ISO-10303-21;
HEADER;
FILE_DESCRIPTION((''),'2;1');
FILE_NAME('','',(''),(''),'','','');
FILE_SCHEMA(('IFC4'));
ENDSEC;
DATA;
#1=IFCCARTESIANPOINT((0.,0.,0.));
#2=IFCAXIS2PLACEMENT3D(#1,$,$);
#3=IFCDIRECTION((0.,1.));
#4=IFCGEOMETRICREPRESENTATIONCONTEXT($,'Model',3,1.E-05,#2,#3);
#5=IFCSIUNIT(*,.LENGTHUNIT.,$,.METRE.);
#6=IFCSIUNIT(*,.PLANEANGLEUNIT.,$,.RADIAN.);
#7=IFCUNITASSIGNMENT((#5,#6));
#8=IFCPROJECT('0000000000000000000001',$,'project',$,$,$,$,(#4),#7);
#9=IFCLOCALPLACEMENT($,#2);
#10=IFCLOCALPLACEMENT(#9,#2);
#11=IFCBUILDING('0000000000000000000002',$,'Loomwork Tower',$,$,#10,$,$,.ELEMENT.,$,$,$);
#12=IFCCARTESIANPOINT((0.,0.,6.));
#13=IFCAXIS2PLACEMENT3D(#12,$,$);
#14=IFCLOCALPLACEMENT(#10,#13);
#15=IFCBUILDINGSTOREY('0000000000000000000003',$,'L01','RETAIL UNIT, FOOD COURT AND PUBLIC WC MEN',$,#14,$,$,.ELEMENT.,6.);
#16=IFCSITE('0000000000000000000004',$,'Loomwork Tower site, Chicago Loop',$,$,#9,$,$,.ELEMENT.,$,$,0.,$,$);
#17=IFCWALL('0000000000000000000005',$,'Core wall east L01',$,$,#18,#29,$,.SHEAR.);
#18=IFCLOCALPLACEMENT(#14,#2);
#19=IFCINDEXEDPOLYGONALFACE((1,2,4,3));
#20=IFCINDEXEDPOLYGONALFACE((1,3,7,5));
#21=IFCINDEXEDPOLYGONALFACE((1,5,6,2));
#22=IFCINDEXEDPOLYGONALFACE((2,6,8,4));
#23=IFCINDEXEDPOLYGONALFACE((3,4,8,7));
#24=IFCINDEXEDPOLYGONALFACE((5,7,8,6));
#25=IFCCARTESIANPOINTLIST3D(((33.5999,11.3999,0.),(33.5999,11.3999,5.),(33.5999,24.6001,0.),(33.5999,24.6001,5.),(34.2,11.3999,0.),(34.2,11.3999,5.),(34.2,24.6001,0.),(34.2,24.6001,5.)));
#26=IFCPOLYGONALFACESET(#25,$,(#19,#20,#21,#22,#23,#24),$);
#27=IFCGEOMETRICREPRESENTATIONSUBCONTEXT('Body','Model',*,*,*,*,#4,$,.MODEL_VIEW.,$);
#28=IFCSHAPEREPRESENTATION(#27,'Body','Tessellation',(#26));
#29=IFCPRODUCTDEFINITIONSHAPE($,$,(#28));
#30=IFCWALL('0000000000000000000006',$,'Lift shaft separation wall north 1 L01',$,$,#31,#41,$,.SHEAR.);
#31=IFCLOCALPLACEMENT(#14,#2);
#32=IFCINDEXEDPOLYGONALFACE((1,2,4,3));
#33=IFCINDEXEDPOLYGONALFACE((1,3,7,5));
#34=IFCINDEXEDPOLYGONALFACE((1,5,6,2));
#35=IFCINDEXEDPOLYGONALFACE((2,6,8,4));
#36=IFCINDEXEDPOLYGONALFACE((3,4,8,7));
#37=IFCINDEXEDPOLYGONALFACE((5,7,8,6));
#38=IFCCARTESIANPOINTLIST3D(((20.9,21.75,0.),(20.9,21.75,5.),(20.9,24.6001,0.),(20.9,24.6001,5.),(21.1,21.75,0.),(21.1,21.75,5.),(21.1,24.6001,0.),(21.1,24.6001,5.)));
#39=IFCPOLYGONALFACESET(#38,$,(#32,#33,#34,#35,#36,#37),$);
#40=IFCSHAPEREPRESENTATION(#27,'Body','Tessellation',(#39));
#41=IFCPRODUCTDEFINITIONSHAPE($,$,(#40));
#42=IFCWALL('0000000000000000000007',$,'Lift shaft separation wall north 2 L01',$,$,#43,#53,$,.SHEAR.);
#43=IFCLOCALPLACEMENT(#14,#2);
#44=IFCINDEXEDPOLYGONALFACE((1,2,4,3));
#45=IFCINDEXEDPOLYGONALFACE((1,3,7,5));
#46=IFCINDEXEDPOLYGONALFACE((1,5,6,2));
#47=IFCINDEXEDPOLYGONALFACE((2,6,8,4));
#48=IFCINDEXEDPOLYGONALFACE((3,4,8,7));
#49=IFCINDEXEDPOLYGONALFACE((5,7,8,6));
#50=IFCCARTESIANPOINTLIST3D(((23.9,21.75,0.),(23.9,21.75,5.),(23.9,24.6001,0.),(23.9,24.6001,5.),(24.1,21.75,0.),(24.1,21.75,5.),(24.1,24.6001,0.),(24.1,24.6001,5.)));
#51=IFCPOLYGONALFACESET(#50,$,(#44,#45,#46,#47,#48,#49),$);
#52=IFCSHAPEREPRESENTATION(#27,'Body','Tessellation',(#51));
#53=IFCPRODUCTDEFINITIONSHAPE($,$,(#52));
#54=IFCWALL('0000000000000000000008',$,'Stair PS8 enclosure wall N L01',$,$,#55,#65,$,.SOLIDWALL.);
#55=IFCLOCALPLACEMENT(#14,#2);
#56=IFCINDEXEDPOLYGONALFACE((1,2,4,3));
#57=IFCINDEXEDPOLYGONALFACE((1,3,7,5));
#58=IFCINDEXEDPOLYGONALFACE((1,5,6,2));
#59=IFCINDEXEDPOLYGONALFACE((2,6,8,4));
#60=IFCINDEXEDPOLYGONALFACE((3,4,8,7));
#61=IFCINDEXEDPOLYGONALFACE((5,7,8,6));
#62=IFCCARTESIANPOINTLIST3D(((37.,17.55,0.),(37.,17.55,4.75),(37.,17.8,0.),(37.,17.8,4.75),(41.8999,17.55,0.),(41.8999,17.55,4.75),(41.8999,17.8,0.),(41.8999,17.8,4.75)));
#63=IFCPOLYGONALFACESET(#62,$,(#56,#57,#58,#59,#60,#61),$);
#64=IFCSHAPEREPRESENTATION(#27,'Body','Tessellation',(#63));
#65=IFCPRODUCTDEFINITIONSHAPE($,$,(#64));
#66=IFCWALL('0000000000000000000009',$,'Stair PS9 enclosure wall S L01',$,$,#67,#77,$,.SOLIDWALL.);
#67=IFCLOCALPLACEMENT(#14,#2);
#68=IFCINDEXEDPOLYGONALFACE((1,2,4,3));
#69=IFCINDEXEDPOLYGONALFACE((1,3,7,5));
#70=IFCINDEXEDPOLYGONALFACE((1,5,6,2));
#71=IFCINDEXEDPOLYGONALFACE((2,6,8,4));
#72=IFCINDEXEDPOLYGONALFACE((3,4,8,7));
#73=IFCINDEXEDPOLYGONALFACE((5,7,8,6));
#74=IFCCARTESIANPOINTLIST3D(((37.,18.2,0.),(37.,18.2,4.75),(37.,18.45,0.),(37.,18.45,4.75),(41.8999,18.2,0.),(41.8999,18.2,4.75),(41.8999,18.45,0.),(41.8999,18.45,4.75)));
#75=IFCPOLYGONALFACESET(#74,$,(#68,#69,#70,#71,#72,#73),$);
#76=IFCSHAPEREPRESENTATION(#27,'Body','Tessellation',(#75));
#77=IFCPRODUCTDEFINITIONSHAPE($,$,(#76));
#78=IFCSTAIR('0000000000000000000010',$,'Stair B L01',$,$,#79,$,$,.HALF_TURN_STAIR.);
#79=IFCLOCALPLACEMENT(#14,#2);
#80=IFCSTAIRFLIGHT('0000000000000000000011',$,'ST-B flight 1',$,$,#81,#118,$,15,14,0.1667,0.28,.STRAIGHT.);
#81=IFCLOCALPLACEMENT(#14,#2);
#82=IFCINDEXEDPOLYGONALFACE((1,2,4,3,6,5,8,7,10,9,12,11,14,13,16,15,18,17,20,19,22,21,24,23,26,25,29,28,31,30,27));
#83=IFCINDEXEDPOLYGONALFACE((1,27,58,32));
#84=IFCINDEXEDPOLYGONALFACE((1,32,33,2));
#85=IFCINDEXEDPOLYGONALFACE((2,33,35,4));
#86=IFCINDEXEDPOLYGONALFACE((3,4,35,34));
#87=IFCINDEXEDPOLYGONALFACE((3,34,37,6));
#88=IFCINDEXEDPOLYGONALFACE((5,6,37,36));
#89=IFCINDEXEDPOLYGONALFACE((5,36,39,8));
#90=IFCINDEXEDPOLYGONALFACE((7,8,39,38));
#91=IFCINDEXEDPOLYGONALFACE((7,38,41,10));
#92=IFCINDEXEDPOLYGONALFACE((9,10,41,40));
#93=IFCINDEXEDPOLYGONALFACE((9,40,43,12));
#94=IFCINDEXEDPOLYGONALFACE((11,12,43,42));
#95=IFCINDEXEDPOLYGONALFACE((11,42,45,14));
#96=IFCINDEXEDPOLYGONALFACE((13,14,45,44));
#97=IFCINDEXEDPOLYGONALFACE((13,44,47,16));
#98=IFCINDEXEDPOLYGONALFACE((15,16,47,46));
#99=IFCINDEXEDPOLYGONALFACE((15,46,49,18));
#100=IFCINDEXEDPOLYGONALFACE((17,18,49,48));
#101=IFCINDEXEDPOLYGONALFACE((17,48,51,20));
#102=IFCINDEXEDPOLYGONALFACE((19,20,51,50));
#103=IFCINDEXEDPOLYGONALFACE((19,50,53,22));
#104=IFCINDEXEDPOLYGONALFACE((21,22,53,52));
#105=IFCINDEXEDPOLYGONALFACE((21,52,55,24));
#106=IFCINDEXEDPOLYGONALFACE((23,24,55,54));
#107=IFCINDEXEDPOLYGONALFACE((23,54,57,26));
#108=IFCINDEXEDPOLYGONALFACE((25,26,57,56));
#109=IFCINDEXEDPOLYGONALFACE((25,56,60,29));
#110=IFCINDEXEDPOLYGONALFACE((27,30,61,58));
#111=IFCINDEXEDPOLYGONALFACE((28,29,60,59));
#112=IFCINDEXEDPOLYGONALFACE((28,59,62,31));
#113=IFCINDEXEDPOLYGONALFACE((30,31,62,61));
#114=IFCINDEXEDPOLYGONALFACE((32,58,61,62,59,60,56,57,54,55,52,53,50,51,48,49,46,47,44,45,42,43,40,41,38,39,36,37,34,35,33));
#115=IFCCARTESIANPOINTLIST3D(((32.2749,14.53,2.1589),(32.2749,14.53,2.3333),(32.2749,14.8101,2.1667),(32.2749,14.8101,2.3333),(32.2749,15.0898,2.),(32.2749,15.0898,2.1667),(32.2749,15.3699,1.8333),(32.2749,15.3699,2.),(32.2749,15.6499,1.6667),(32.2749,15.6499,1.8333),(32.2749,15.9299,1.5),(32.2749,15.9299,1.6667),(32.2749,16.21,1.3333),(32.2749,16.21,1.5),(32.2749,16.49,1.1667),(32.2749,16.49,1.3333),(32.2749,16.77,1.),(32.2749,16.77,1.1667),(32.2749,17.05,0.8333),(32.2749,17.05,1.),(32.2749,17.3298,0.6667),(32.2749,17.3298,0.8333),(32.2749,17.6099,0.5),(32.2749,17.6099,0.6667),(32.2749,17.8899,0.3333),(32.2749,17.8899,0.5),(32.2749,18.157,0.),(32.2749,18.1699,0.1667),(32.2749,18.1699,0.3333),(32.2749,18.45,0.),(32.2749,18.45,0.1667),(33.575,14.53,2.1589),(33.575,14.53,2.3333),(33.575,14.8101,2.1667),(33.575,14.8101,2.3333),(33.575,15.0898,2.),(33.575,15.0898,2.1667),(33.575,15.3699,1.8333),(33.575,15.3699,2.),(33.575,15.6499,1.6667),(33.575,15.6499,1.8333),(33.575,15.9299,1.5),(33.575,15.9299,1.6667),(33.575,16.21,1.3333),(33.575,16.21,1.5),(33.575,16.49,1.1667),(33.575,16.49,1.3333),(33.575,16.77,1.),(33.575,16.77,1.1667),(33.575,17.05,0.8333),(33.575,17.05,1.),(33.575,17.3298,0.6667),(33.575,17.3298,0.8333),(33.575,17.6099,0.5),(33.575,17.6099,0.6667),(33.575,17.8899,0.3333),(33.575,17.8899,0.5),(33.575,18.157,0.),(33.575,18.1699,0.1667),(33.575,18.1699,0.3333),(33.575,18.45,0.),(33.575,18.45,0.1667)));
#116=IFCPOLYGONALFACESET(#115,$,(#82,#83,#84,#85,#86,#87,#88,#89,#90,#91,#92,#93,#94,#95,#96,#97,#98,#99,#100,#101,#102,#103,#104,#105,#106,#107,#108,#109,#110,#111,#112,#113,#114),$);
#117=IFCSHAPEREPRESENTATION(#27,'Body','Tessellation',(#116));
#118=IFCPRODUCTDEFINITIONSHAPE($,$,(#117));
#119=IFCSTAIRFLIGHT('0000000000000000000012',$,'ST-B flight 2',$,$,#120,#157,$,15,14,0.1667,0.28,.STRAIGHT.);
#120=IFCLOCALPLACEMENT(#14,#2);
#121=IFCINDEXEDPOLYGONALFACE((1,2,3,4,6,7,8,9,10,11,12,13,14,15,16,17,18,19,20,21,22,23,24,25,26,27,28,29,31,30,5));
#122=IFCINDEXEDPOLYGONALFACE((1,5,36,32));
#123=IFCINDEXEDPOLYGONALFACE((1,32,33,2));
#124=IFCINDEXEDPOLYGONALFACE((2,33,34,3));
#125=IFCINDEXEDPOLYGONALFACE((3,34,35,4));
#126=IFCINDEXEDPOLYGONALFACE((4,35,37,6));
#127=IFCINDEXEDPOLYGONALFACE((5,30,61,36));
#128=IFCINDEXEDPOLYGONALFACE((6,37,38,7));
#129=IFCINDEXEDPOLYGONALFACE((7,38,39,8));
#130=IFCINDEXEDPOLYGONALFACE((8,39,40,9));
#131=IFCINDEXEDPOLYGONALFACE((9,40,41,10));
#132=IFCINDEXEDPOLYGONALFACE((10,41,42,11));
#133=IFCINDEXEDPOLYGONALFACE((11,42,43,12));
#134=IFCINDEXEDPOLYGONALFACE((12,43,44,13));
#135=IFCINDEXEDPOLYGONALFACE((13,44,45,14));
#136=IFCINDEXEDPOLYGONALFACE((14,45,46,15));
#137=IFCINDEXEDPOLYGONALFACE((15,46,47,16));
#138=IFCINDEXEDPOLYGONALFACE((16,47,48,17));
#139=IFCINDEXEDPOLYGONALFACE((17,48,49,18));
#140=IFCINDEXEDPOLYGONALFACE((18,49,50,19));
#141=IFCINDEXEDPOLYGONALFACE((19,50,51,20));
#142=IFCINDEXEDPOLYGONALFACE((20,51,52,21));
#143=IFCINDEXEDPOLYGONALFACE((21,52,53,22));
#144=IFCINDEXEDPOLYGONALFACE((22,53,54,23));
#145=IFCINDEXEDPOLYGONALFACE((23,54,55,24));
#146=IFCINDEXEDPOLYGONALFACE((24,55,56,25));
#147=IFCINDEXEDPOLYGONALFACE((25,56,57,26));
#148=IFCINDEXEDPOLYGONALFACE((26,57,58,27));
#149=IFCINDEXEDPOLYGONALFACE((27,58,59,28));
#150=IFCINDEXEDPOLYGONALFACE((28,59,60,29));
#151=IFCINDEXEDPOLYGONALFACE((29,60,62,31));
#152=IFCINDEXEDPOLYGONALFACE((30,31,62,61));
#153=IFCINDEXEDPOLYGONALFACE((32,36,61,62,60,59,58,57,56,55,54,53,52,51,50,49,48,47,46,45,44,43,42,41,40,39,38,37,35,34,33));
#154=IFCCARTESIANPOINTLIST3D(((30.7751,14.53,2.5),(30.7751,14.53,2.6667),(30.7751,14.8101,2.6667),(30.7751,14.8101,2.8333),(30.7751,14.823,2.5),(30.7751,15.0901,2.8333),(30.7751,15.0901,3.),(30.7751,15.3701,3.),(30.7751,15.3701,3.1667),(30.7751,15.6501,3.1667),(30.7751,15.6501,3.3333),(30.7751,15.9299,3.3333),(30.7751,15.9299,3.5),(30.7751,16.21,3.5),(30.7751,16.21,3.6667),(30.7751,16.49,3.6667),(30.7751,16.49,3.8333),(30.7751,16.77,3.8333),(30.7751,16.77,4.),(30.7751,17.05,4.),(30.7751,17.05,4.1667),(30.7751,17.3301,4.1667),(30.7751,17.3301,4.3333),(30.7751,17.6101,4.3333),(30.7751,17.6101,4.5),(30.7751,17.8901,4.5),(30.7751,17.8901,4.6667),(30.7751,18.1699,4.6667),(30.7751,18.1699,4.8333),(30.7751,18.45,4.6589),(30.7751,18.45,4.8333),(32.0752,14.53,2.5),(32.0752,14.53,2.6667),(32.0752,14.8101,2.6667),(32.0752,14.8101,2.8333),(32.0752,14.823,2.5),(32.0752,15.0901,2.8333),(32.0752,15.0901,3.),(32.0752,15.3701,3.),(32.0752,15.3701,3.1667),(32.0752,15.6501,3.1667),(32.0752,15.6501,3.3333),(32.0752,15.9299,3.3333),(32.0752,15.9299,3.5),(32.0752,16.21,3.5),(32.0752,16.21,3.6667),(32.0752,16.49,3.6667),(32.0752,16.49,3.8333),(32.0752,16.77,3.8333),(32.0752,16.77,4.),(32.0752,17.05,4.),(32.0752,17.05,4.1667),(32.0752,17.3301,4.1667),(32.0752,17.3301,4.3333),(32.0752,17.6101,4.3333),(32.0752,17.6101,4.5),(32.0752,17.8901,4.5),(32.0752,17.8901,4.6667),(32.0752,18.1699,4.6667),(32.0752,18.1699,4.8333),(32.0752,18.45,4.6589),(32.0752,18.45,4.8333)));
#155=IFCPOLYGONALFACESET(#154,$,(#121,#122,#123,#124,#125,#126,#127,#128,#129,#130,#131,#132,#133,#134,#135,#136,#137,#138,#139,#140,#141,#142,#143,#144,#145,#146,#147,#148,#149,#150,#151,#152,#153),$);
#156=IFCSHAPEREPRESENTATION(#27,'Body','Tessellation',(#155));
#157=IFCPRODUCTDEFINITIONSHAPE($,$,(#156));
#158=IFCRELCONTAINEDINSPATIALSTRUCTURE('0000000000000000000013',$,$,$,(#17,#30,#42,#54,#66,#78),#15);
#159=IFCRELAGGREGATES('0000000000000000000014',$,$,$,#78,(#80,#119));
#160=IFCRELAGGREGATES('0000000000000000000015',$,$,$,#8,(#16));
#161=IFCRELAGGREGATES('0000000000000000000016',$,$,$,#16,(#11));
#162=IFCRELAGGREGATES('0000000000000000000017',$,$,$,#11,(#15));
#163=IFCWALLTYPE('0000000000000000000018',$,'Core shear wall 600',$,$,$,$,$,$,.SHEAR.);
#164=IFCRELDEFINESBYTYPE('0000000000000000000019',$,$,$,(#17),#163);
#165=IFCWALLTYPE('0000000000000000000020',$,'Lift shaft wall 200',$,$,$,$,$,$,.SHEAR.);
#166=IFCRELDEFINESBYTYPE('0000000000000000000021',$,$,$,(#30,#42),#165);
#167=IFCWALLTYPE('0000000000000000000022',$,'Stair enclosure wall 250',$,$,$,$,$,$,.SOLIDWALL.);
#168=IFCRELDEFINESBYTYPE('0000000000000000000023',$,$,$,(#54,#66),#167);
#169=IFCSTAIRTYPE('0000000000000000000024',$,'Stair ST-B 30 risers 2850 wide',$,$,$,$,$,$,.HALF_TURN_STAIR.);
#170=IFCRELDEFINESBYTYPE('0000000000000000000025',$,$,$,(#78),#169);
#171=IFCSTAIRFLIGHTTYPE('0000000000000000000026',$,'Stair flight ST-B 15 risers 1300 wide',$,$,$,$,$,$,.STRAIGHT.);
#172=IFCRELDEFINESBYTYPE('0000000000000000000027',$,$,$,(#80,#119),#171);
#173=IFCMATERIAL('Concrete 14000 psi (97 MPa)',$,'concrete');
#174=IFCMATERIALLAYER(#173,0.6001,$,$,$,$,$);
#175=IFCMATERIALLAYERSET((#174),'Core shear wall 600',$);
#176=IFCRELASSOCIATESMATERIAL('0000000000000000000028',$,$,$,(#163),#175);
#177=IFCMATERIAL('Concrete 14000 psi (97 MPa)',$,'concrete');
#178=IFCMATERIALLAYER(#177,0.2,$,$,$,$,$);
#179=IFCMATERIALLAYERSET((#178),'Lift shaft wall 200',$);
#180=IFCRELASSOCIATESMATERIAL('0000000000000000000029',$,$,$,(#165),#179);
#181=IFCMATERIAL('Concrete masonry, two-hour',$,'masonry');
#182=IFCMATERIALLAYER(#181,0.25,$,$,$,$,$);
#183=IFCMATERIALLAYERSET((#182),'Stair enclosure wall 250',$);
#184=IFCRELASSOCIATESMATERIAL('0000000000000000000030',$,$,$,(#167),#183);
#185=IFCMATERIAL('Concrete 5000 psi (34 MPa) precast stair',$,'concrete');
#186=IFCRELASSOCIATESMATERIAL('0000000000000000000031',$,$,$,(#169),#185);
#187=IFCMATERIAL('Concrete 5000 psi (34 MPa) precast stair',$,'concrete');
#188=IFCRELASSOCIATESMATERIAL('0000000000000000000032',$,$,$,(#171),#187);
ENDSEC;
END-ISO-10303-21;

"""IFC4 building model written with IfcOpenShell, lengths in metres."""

from ifc_helpers import new_model, si_unit, direction, frame, frame_2d, origin, place, context, subcontext, project, spatial, polyline, rectangle, outline, extrude, material, layer, layer_set, type_object, element, aggregate, save


model = new_model("IFC4")

# Units and contexts
model_context = context("Model", 3, precision=1e-05, world=origin(), true_north=direction((0.0, 1.0)))
body_context = subcontext(model_context, "Body", "Model", "MODEL_VIEW")
ifc_project = project(units=[si_unit("LENGTHUNIT", "METRE"), si_unit("PLANEANGLEUNIT", "RADIAN")], contexts=[model_context])

# Site, building, storey
site_placement = place(None, origin())
site = spatial("IfcSite", under=ifc_project, at=site_placement, Name="Loomwork Tower site, Chicago Loop", CompositionType="ELEMENT", RefElevation=0.0)
building_placement = place(site_placement, origin())
building = spatial("IfcBuilding", under=site, at=building_placement, Name="Loomwork Tower", CompositionType="ELEMENT")
storey_placement = place(building_placement, frame((0.0, 0.0, 6.0)))
storey = spatial("IfcBuildingStorey", under=building, at=storey_placement, Name="L01", Description="RETAIL UNIT, FOOD COURT AND PUBLIC WC MEN", CompositionType="ELEMENT", Elevation=6.0)

# Walls
ifc_material_1 = material(Name="Concrete 14000 psi (97 MPa)", Category="concrete")
ifc_layer_1 = layer(ifc_material_1, 0.6001)
ifc_layer_set_1 = layer_set([ifc_layer_1], Name="Core shear wall 600")
wall_type_1 = type_object("IfcWallType", Name="Core shear wall 600", PredefinedType="SHEAR", material=ifc_layer_set_1)
wall_1_placement = place(storey_placement, frame((33.8999, 11.3999, 0.0), z_axis=(0.0, 0.0, 1.0), x_axis=(0.0, 1.0, 0.0)))
element("IfcWall", 1, at=wall_1_placement, inside=storey, type_object=wall_type_1, Name="Core wall east L01", PredefinedType="SHEAR", context=body_context, shape_type="SweptSolid", body=[
    extrude(rectangle(XDim=13.2002, YDim=0.6001, at=frame_2d((6.6001, 0.0))), origin(), (0.0, 0.0, 1.0), 5.0),
])
ifc_material_2 = material(Name="Concrete 14000 psi (97 MPa)", Category="concrete")
ifc_layer_2 = layer(ifc_material_2, 0.2)
ifc_layer_set_2 = layer_set([ifc_layer_2], Name="Lift shaft wall 200")
wall_type_2 = type_object("IfcWallType", Name="Lift shaft wall 200", PredefinedType="SHEAR", material=ifc_layer_set_2)
for number, where, z_axis, x_axis, name in (
    (2, (21.0, 21.75, 0.0), (0.0, 0.0, 1.0), (0.0, 1.0, 0.0), "Lift shaft separation wall north 1 L01"),
    (3, (24.0, 21.75, 0.0), (0.0, 0.0, 1.0), (0.0, 1.0, 0.0), "Lift shaft separation wall north 2 L01"),
):
    element("IfcWall", number, at=place(storey_placement, frame(where, z_axis=z_axis, x_axis=x_axis)), inside=storey, type_object=wall_type_2, Name=name, PredefinedType="SHEAR", context=body_context, shape_type="SweptSolid", body=[
        extrude(rectangle(XDim=2.8501, YDim=0.2, at=frame_2d((1.425, 0.0))), origin(), (0.0, 0.0, 1.0), 5.0),
    ])
ifc_material_3 = material(Name="Concrete masonry, two-hour", Category="masonry")
ifc_layer_3 = layer(ifc_material_3, 0.25)
ifc_layer_set_3 = layer_set([ifc_layer_3], Name="Stair enclosure wall 250")
wall_type_3 = type_object("IfcWallType", Name="Stair enclosure wall 250", PredefinedType="SOLIDWALL", material=ifc_layer_set_3)
for number, where, z_axis, x_axis, name in (
    (4, (37.0, 17.675, 0.0), (0.0, 0.0, 1.0), (1.0, 0.0, 0.0), "Stair PS8 enclosure wall N L01"),
    (5, (37.0, 18.325, 0.0), (0.0, 0.0, 1.0), (1.0, 0.0, 0.0), "Stair PS9 enclosure wall S L01"),
):
    element("IfcWall", number, at=place(storey_placement, frame(where, z_axis=z_axis, x_axis=x_axis)), inside=storey, type_object=wall_type_3, Name=name, PredefinedType="SOLIDWALL", context=body_context, shape_type="SweptSolid", body=[
        extrude(rectangle(XDim=4.8999, YDim=0.25, at=frame_2d((2.45, 0.0))), origin(), (0.0, 0.0, 1.0), 4.75),
    ])

# Stair, stair flights
ifc_material_4 = material(Name="Concrete 5000 psi (34 MPa) precast stair", Category="concrete")
stair_type = type_object("IfcStairType", Name="Stair ST-B 30 risers 2850 wide", PredefinedType="HALF_TURN_STAIR", material=ifc_material_4)
stair_placement = place(storey_placement, origin())
stair = element("IfcStair", 6, at=stair_placement, inside=storey, type_object=stair_type, Name="Stair B L01", PredefinedType="HALF_TURN_STAIR")
ifc_material_5 = material(Name="Concrete 5000 psi (34 MPa) precast stair", Category="concrete")
stair_flight_type = type_object("IfcStairFlightType", Name="Stair flight ST-B 15 risers 1300 wide", PredefinedType="STRAIGHT", material=ifc_material_5)
stair_flight_1_placement = place(storey_placement, frame((32.925, 18.45, 0.0), z_axis=(0.0, 0.0, 1.0), x_axis=(0.0, -1.0, 0.0)))
stair_flight_1 = element("IfcStairFlight", 7, at=stair_flight_1_placement, type_object=stair_flight_type, Name="ST-B flight 1", NumberOfRisers=15, NumberOfTreads=14, PredefinedType="STRAIGHT", RiserHeight=0.1667, TreadLength=0.28, context=body_context, shape_type="SweptSolid", body=[
    extrude(outline(polyline([(0.0, 0.0), (0.0, 0.1667), (0.28, 0.1667), (0.28, 0.3333), (0.5601, 0.3333), (0.5601, 0.5), (0.8401, 0.5), (0.8401, 0.6667), (1.1201, 0.6667), (1.1201, 0.8333), (1.3999, 0.8333), (1.3999, 1.0), (1.6799, 1.0), (1.6799, 1.1667), (1.96, 1.1667), (1.96, 1.3333), (2.24, 1.3333), (2.24, 1.5), (2.52, 1.5), (2.52, 1.6667), (2.8, 1.6667), (2.8, 1.8333), (3.0801, 1.8333), (3.0801, 2.0), (3.3601, 2.0), (3.3601, 2.1667), (3.6399, 2.1667), (3.6399, 2.3333), (3.9199, 2.3333), (3.9199, 2.5), (3.9199, 2.1589), (0.293, 0.0), (0.0, 0.0)])), frame((0.0, 0.6499, 0.0), z_axis=(0.0, -1.0, 0.0), x_axis=(1.0, 0.0, 0.0)), (0.0, 0.0, 1.0), 1.3),
])
stair_flight_2_placement = place(storey_placement, frame((31.425, 14.53, 2.5), z_axis=(0.0, 0.0, 1.0), x_axis=(0.0, 1.0, 0.0)))
stair_flight_2 = element("IfcStairFlight", 8, at=stair_flight_2_placement, type_object=stair_flight_type, Name="ST-B flight 2", NumberOfRisers=15, NumberOfTreads=14, PredefinedType="STRAIGHT", RiserHeight=0.1667, TreadLength=0.28, context=body_context, shape_type="SweptSolid", body=[
    extrude(outline(polyline([(0.0, 0.0), (0.0, 0.1667), (0.28, 0.1667), (0.28, 0.3333), (0.5601, 0.3333), (0.5601, 0.5), (0.8401, 0.5), (0.8401, 0.6667), (1.1201, 0.6667), (1.1201, 0.8333), (1.3999, 0.8333), (1.3999, 1.0), (1.6799, 1.0), (1.6799, 1.1667), (1.96, 1.1667), (1.96, 1.3333), (2.24, 1.3333), (2.24, 1.5), (2.52, 1.5), (2.52, 1.6667), (2.8, 1.6667), (2.8, 1.8333), (3.0801, 1.8333), (3.0801, 2.0), (3.3601, 2.0), (3.3601, 2.1667), (3.6399, 2.1667), (3.6399, 2.3333), (3.9199, 2.3333), (3.9199, 2.5), (3.9199, 2.1589), (0.293, 0.0), (0.0, 0.0)])), frame((0.0, 0.6499, 0.0), z_axis=(0.0, -1.0, 0.0), x_axis=(1.0, 0.0, 0.0)), (0.0, 0.0, 1.0), 1.3),
])
aggregate(stair, [stair_flight_1, stair_flight_2])

save(model, "model.ifc")
